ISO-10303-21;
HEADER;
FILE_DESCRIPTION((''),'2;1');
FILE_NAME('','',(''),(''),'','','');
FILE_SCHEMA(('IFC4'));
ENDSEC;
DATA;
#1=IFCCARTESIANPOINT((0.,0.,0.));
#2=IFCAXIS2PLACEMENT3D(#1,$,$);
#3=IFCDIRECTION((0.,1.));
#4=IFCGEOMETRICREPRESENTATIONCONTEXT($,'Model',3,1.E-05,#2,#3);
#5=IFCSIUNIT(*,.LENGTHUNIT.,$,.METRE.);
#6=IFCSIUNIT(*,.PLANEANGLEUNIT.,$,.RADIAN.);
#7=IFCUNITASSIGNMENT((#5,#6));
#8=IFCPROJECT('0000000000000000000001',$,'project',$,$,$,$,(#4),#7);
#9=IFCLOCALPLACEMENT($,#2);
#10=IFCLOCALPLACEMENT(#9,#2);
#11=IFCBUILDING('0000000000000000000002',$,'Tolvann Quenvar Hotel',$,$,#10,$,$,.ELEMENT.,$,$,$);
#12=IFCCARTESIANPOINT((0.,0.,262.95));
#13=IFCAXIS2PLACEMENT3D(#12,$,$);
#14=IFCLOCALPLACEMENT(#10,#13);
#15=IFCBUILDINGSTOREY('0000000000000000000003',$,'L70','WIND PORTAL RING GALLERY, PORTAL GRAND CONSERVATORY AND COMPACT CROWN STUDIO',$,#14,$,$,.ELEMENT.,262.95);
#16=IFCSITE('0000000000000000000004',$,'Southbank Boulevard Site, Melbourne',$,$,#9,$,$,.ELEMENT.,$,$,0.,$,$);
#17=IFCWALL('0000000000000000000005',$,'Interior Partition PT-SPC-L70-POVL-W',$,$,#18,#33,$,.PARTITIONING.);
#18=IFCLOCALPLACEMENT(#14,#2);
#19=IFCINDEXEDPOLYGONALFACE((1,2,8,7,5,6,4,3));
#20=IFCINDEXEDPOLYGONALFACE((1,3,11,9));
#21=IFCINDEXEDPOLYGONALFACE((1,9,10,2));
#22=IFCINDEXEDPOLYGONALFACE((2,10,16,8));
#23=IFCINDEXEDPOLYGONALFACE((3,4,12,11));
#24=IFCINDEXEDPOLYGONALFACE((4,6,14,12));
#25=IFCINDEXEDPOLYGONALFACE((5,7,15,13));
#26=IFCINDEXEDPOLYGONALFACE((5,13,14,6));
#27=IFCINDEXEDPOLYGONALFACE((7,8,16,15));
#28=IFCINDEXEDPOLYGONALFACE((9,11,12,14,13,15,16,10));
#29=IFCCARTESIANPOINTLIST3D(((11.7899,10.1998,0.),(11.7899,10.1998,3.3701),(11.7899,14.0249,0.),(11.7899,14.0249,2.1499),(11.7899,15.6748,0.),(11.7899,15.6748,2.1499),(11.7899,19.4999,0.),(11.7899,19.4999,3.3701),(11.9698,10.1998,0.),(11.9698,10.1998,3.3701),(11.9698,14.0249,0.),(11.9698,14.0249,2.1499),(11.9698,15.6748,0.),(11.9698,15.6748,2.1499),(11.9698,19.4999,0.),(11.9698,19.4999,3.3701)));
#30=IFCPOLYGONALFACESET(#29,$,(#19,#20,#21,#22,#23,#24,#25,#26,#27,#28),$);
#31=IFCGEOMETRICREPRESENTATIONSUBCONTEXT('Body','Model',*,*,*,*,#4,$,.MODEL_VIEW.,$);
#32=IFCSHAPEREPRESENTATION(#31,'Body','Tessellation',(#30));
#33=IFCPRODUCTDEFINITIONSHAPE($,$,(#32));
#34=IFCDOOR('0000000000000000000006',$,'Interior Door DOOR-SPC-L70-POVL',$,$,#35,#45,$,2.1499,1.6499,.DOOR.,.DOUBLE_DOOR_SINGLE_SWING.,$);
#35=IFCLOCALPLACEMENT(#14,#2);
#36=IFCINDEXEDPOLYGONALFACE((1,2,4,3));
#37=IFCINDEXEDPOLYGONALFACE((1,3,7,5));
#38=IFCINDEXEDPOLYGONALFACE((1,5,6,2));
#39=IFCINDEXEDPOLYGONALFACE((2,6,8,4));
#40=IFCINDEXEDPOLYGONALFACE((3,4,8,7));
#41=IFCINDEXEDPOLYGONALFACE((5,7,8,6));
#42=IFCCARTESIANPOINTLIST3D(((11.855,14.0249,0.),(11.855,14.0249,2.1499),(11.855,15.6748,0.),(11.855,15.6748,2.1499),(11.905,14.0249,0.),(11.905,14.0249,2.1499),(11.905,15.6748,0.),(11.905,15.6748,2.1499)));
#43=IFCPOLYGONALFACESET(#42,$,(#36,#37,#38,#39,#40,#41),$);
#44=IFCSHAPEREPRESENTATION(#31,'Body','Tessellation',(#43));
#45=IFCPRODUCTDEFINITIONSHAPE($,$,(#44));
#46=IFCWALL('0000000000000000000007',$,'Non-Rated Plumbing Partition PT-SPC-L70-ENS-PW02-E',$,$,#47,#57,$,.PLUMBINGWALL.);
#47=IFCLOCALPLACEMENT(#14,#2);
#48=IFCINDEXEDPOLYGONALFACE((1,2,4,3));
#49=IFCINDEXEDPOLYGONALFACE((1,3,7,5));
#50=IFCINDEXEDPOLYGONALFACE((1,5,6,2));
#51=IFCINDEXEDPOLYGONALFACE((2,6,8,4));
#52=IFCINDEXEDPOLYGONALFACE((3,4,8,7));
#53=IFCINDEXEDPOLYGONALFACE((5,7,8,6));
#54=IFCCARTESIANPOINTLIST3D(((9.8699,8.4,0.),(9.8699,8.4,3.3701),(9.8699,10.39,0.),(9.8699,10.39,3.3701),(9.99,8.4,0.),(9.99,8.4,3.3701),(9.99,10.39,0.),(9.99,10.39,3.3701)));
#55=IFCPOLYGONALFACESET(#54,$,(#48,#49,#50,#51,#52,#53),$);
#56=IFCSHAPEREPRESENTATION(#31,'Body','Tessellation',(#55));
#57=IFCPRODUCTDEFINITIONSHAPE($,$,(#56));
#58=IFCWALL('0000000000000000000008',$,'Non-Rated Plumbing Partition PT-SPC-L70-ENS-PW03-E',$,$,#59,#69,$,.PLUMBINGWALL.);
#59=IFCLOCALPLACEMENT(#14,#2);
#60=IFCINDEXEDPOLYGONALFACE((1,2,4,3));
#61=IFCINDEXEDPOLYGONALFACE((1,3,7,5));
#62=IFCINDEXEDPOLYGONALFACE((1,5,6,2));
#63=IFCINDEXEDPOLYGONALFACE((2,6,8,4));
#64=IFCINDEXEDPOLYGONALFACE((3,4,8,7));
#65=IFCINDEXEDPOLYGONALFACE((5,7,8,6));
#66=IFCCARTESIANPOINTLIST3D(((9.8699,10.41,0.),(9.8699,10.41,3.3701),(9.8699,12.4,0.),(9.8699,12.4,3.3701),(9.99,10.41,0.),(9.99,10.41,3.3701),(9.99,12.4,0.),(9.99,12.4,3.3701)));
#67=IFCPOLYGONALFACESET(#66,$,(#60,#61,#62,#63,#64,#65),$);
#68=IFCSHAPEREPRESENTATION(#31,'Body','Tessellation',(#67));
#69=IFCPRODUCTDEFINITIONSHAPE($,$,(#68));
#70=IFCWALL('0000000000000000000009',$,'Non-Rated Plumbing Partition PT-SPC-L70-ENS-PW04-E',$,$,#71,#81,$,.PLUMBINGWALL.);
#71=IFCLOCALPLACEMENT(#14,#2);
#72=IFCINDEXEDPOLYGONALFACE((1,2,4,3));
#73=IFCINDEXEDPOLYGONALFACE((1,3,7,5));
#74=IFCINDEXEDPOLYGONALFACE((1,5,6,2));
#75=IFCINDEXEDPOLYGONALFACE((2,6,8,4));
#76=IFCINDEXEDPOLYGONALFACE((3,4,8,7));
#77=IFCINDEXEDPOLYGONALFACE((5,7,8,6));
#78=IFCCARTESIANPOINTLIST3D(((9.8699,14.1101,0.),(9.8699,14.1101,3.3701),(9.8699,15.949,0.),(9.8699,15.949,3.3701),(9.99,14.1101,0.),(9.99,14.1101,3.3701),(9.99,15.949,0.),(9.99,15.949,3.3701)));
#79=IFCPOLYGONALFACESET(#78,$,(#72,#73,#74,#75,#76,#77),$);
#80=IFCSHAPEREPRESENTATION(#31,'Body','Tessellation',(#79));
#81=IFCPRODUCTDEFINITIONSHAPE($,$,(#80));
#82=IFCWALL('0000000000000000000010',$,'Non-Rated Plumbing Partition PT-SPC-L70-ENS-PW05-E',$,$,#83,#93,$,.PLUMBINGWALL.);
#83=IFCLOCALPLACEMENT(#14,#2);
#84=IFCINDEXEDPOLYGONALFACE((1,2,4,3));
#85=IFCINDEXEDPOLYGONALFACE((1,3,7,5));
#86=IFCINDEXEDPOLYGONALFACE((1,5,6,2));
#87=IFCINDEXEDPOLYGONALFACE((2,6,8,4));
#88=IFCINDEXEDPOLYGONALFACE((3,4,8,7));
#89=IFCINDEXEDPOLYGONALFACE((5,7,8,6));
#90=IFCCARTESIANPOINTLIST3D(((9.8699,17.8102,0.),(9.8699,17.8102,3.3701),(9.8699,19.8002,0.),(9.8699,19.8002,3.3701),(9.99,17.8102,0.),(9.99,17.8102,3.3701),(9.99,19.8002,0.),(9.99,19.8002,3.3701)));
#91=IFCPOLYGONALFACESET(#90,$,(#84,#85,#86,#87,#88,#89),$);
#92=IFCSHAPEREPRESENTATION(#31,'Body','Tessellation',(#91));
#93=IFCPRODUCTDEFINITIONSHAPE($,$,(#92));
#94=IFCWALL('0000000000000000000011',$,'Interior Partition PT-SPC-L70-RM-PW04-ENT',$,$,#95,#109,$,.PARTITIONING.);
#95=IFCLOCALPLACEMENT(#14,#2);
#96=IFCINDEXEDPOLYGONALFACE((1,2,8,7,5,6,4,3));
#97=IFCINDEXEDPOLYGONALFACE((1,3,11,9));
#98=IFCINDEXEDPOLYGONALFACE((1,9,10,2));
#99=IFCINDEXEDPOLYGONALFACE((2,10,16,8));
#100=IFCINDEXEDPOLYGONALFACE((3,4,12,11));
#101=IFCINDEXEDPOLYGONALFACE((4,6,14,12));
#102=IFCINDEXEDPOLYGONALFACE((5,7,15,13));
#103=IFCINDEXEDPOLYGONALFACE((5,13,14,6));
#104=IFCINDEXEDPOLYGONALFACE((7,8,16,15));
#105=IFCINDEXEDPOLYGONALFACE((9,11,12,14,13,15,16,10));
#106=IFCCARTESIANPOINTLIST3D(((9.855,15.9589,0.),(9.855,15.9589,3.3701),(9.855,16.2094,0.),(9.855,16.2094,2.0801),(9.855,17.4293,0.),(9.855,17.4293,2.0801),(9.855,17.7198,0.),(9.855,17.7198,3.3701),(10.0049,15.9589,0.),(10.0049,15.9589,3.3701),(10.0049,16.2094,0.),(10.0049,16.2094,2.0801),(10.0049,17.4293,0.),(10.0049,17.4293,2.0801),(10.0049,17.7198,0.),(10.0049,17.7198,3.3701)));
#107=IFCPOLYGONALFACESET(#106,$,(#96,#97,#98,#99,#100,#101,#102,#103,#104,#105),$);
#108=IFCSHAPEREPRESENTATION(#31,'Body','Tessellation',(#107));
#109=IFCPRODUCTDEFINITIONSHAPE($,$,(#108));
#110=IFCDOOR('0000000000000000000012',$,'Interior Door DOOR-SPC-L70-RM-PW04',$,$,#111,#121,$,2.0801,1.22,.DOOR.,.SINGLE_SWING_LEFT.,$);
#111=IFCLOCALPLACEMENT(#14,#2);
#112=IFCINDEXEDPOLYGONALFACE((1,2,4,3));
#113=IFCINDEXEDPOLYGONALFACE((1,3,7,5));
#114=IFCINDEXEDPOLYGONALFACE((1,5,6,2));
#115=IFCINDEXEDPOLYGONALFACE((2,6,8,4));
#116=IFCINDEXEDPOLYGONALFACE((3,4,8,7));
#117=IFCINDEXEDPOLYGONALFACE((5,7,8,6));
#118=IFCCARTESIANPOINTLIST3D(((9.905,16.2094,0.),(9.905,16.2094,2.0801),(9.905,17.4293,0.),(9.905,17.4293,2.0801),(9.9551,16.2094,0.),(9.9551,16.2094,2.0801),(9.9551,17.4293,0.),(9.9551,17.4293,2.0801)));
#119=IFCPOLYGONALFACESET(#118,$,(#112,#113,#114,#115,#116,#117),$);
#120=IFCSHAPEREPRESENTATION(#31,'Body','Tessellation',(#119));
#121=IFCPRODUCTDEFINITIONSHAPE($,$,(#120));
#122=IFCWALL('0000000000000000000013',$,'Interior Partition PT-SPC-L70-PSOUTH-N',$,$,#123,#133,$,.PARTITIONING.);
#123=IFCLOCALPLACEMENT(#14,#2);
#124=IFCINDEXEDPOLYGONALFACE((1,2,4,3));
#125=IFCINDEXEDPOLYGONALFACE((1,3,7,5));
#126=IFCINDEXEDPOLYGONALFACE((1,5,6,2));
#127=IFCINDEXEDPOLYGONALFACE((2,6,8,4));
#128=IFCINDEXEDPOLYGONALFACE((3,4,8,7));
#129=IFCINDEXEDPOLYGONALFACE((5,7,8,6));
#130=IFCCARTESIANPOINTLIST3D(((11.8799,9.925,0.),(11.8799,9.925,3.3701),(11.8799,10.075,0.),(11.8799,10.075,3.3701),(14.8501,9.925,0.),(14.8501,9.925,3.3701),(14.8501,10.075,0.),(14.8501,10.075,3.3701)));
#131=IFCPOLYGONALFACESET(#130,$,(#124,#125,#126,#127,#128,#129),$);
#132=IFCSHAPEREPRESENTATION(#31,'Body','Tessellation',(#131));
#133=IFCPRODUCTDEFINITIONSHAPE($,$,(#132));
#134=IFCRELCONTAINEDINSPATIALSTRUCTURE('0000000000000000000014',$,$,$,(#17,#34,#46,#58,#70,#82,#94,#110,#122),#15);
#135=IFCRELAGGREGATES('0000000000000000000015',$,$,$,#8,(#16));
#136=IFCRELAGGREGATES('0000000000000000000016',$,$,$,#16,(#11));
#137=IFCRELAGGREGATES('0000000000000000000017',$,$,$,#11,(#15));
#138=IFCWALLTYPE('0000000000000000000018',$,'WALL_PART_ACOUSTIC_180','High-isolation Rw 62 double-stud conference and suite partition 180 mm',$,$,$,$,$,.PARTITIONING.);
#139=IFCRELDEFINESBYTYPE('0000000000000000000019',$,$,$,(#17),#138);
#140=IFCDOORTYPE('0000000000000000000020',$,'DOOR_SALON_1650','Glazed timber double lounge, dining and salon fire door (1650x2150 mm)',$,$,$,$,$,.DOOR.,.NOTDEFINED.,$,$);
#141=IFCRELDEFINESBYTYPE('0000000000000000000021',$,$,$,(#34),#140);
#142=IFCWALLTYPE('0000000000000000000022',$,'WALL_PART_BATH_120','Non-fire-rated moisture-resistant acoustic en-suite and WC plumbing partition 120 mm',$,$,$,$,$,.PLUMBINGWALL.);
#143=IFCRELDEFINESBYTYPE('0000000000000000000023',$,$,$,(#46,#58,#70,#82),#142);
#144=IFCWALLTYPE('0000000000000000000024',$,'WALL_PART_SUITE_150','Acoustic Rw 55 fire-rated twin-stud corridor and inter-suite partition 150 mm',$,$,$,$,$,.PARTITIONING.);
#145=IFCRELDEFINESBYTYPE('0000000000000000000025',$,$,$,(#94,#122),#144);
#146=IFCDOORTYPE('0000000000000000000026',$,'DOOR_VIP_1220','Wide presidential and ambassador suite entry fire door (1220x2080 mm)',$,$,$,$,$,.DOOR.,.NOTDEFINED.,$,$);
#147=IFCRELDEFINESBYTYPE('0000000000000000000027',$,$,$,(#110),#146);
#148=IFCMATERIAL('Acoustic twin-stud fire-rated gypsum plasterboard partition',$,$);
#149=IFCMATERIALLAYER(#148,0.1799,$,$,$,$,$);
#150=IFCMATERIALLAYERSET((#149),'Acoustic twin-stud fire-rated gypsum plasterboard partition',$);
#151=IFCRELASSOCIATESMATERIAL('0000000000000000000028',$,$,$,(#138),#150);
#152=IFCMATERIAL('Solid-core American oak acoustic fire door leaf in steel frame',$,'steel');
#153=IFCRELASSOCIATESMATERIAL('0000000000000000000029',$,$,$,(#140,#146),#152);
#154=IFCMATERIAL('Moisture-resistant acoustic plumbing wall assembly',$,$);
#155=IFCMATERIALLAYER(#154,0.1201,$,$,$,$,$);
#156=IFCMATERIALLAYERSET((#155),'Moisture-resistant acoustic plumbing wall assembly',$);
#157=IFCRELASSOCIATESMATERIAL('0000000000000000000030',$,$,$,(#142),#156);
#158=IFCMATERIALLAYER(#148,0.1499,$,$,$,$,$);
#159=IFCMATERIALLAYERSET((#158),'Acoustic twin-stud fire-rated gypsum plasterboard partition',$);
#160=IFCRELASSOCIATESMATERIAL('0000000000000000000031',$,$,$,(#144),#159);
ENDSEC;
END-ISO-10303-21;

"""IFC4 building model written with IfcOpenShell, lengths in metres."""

from ifc_helpers import new_model, si_unit, direction, frame, frame_2d, origin, place, context, subcontext, project, spatial, rectangle, extrude, source, transform, mapped, material, layer, layer_set, type_object, type_shapes, element, fill, save


model = new_model("IFC4")

# Units and contexts
model_context = context("Model", 3, precision=1e-05, world=origin(), true_north=direction((0.0, 1.0)))
body_context = subcontext(model_context, "Body", "Model", "MODEL_VIEW")
ifc_project = project(units=[si_unit("LENGTHUNIT", "METRE"), si_unit("PLANEANGLEUNIT", "RADIAN")], contexts=[model_context])

# Site, building, storey
site_placement = place(None, origin())
site = spatial("IfcSite", under=ifc_project, at=site_placement, Name="Southbank Boulevard Site, Melbourne", CompositionType="ELEMENT", RefElevation=0.0)
building_placement = place(site_placement, origin())
building = spatial("IfcBuilding", under=site, at=building_placement, Name="Tolvann Quenvar Hotel", CompositionType="ELEMENT")
storey_placement = place(building_placement, frame((0.0, 0.0, 262.95)))
storey = spatial("IfcBuildingStorey", under=building, at=storey_placement, Name="L70", Description="WIND PORTAL RING GALLERY, PORTAL GRAND CONSERVATORY AND COMPACT CROWN STUDIO", CompositionType="ELEMENT", Elevation=262.95)

# Shared definitions
ifc_material_1 = material(Name="Acoustic twin-stud fire-rated gypsum plasterboard partition")
ifc_layer_1 = layer(ifc_material_1, 0.1799)
ifc_layer_set_1 = layer_set([ifc_layer_1], Name="Acoustic twin-stud fire-rated gypsum plasterboard partition")
wall_type_1 = type_object("IfcWallType", Name="WALL_PART_ACOUSTIC_180", Description="High-isolation Rw 62 double-stud conference and suite partition 180 mm", PredefinedType="PARTITIONING", material=ifc_layer_set_1)

# Wall, opening, door
wall_1_placement = place(storey_placement, frame((11.8799, 10.2, 0.0), z_axis=(0.0, 0.0, 1.0), x_axis=(0.0, 1.0, 0.0)))
wall_1 = element("IfcWall", 1, at=wall_1_placement, inside=storey, type_object=wall_type_1, Name="Interior Partition PT-SPC-L70-POVL-W", PredefinedType="PARTITIONING", context=body_context, shape_type="SweptSolid", body=[
    extrude(rectangle(XDim=9.3, YDim=0.1799, at=frame_2d((4.6499, 0.0))), origin(), (0.0, 0.0, 1.0), 3.3701),
])
opening_1_placement = place(wall_1_placement, frame((3.825, 0.0, 0.0)))
opening_1 = element("IfcOpeningElement", 2, at=opening_1_placement, cuts=wall_1, PredefinedType="OPENING", context=body_context, shape_type="SweptSolid", body=[
    extrude(rectangle(XDim=1.6499, YDim=2.1499, at=frame_2d((0.825, 1.075))), frame((0.0, 0.1001, 0.0), z_axis=(0.0, -1.0, 0.0), x_axis=(1.0, 0.0, 0.0)), (0.0, 0.0, 1.0), 0.2),
])
ifc_material_2 = material(Name="Solid-core American oak acoustic fire door leaf in steel frame", Category="steel")
door_type_1 = type_object("IfcDoorType", Name="DOOR_SALON_1650", Description="Glazed timber double lounge, dining and salon fire door (1650x2150 mm)", OperationType="NOTDEFINED", PredefinedType="DOOR", material=ifc_material_2)
shared_shape_1 = source(origin(), body_context, "Body", "SweptSolid", [
    extrude(rectangle(XDim=1.6499, YDim=2.1499, at=frame_2d((0.825, 1.075))), frame((0.0, 0.0249, 0.0), z_axis=(0.0, -1.0, 0.0), x_axis=(1.0, 0.0, 0.0)), (0.0, 0.0, 1.0), 0.05),
])
type_shapes(door_type_1, [shared_shape_1])
door_1_placement = place(opening_1_placement, origin())
door_1 = element("IfcDoor", 3, at=door_1_placement, inside=storey, type_object=door_type_1, Name="Interior Door DOOR-SPC-L70-POVL", OperationType="DOUBLE_DOOR_SINGLE_SWING", OverallHeight=2.1499, OverallWidth=1.6499, PredefinedType="DOOR", context=body_context, shape_type="MappedRepresentation", body=[
    mapped(shared_shape_1, transform((0.0, 0.0, 0.0), x_axis=(1.0, 0.0, 0.0), y_axis=(0.0, 1.0, 0.0), z_axis=(0.0, 0.0, 1.0), scale=1.0)),
])
fill(opening_1, door_1)

# Walls
ifc_material_3 = material(Name="Moisture-resistant acoustic plumbing wall assembly")
ifc_layer_2 = layer(ifc_material_3, 0.1201)
ifc_layer_set_2 = layer_set([ifc_layer_2], Name="Moisture-resistant acoustic plumbing wall assembly")
wall_type_2 = type_object("IfcWallType", Name="WALL_PART_BATH_120", Description="Non-fire-rated moisture-resistant acoustic en-suite and WC plumbing partition 120 mm", PredefinedType="PLUMBINGWALL", material=ifc_layer_set_2)
for number, where, z_axis, x_axis, name in (
    (4, (9.9299, 8.3999, 0.0), (0.0, 0.0, 1.0), (0.0, 1.0, 0.0), "Non-Rated Plumbing Partition PT-SPC-L70-ENS-PW02-E"),
    (5, (9.9299, 10.4099, 0.0), (0.0, 0.0, 1.0), (0.0, 1.0, 0.0), "Non-Rated Plumbing Partition PT-SPC-L70-ENS-PW03-E"),
):
    element("IfcWall", number, at=place(storey_placement, frame(where, z_axis=z_axis, x_axis=x_axis)), inside=storey, type_object=wall_type_2, Name=name, PredefinedType="PLUMBINGWALL", context=body_context, shape_type="SweptSolid", body=[
        extrude(rectangle(XDim=1.99, YDim=0.1201, at=frame_2d((0.9951, 0.0))), origin(), (0.0, 0.0, 1.0), 3.3701),
    ])
wall_2_placement = place(storey_placement, frame((9.9299, 14.1101, 0.0), z_axis=(0.0, 0.0, 1.0), x_axis=(0.0, 1.0, 0.0)))
element("IfcWall", 6, at=wall_2_placement, inside=storey, type_object=wall_type_2, Name="Non-Rated Plumbing Partition PT-SPC-L70-ENS-PW04-E", PredefinedType="PLUMBINGWALL", context=body_context, shape_type="SweptSolid", body=[
    extrude(rectangle(XDim=1.8389, YDim=0.1201, at=frame_2d((0.9194, 0.0))), origin(), (0.0, 0.0, 1.0), 3.3701),
])
wall_3_placement = place(storey_placement, frame((9.9299, 17.8101, 0.0), z_axis=(0.0, 0.0, 1.0), x_axis=(0.0, 1.0, 0.0)))
element("IfcWall", 7, at=wall_3_placement, inside=storey, type_object=wall_type_2, Name="Non-Rated Plumbing Partition PT-SPC-L70-ENS-PW05-E", PredefinedType="PLUMBINGWALL", context=body_context, shape_type="SweptSolid", body=[
    extrude(rectangle(XDim=1.99, YDim=0.1201, at=frame_2d((0.9951, 0.0))), origin(), (0.0, 0.0, 1.0), 3.3701),
])

# Wall, opening, door
ifc_layer_3 = layer(ifc_material_1, 0.1499)
ifc_layer_set_3 = layer_set([ifc_layer_3], Name="Acoustic twin-stud fire-rated gypsum plasterboard partition")
wall_type_3 = type_object("IfcWallType", Name="WALL_PART_SUITE_150", Description="Acoustic Rw 55 fire-rated twin-stud corridor and inter-suite partition 150 mm", PredefinedType="PARTITIONING", material=ifc_layer_set_3)
wall_4_placement = place(storey_placement, frame((9.9299, 15.959, 0.0), z_axis=(0.0, 0.0, 1.0), x_axis=(0.0, 1.0, 0.0)))
wall_4 = element("IfcWall", 8, at=wall_4_placement, inside=storey, type_object=wall_type_3, Name="Interior Partition PT-SPC-L70-RM-PW04-ENT", PredefinedType="PARTITIONING", context=body_context, shape_type="SweptSolid", body=[
    extrude(rectangle(XDim=1.761, YDim=0.1499, at=frame_2d((0.8804, 0.0))), origin(), (0.0, 0.0, 1.0), 3.3701),
])
opening_2_placement = place(wall_4_placement, frame((0.2505, 0.0, 0.0)))
opening_2 = element("IfcOpeningElement", 9, at=opening_2_placement, cuts=wall_4, PredefinedType="OPENING", context=body_context, shape_type="SweptSolid", body=[
    extrude(rectangle(XDim=1.22, YDim=2.0801, at=frame_2d((0.6099, 1.04))), frame((0.0, 0.085, 0.0), z_axis=(0.0, -1.0, 0.0), x_axis=(1.0, 0.0, 0.0)), (0.0, 0.0, 1.0), 0.1699),
])
door_type_2 = type_object("IfcDoorType", Name="DOOR_VIP_1220", Description="Wide presidential and ambassador suite entry fire door (1220x2080 mm)", OperationType="NOTDEFINED", PredefinedType="DOOR", material=ifc_material_2)
shared_shape_2 = source(origin(), body_context, "Body", "SweptSolid", [
    extrude(rectangle(XDim=1.22, YDim=2.0801, at=frame_2d((0.6099, 1.04))), frame((0.0, 0.0249, 0.0), z_axis=(0.0, -1.0, 0.0), x_axis=(1.0, 0.0, 0.0)), (0.0, 0.0, 1.0), 0.05),
])
type_shapes(door_type_2, [shared_shape_2])
door_2_placement = place(opening_2_placement, origin())
door_2 = element("IfcDoor", 10, at=door_2_placement, inside=storey, type_object=door_type_2, Name="Interior Door DOOR-SPC-L70-RM-PW04", OperationType="SINGLE_SWING_LEFT", OverallHeight=2.0801, OverallWidth=1.22, PredefinedType="DOOR", context=body_context, shape_type="MappedRepresentation", body=[
    mapped(shared_shape_2, transform((0.0, 0.0, 0.0), x_axis=(1.0, 0.0, 0.0), y_axis=(0.0, 1.0, 0.0), z_axis=(0.0, 0.0, 1.0), scale=1.0)),
])
fill(opening_2, door_2)

# Wall
wall_5_placement = place(storey_placement, frame((11.8799, 10.0, 0.0), z_axis=(0.0, 0.0, 1.0), x_axis=(1.0, 0.0, 0.0)))
element("IfcWall", 11, at=wall_5_placement, inside=storey, type_object=wall_type_3, Name="Interior Partition PT-SPC-L70-PSOUTH-N", PredefinedType="PARTITIONING", context=body_context, shape_type="SweptSolid", body=[
    extrude(rectangle(XDim=2.9702, YDim=0.1499, at=frame_2d((1.4851, 0.0))), origin(), (0.0, 0.0, 1.0), 3.3701),
])

save(model, "model.ifc")
